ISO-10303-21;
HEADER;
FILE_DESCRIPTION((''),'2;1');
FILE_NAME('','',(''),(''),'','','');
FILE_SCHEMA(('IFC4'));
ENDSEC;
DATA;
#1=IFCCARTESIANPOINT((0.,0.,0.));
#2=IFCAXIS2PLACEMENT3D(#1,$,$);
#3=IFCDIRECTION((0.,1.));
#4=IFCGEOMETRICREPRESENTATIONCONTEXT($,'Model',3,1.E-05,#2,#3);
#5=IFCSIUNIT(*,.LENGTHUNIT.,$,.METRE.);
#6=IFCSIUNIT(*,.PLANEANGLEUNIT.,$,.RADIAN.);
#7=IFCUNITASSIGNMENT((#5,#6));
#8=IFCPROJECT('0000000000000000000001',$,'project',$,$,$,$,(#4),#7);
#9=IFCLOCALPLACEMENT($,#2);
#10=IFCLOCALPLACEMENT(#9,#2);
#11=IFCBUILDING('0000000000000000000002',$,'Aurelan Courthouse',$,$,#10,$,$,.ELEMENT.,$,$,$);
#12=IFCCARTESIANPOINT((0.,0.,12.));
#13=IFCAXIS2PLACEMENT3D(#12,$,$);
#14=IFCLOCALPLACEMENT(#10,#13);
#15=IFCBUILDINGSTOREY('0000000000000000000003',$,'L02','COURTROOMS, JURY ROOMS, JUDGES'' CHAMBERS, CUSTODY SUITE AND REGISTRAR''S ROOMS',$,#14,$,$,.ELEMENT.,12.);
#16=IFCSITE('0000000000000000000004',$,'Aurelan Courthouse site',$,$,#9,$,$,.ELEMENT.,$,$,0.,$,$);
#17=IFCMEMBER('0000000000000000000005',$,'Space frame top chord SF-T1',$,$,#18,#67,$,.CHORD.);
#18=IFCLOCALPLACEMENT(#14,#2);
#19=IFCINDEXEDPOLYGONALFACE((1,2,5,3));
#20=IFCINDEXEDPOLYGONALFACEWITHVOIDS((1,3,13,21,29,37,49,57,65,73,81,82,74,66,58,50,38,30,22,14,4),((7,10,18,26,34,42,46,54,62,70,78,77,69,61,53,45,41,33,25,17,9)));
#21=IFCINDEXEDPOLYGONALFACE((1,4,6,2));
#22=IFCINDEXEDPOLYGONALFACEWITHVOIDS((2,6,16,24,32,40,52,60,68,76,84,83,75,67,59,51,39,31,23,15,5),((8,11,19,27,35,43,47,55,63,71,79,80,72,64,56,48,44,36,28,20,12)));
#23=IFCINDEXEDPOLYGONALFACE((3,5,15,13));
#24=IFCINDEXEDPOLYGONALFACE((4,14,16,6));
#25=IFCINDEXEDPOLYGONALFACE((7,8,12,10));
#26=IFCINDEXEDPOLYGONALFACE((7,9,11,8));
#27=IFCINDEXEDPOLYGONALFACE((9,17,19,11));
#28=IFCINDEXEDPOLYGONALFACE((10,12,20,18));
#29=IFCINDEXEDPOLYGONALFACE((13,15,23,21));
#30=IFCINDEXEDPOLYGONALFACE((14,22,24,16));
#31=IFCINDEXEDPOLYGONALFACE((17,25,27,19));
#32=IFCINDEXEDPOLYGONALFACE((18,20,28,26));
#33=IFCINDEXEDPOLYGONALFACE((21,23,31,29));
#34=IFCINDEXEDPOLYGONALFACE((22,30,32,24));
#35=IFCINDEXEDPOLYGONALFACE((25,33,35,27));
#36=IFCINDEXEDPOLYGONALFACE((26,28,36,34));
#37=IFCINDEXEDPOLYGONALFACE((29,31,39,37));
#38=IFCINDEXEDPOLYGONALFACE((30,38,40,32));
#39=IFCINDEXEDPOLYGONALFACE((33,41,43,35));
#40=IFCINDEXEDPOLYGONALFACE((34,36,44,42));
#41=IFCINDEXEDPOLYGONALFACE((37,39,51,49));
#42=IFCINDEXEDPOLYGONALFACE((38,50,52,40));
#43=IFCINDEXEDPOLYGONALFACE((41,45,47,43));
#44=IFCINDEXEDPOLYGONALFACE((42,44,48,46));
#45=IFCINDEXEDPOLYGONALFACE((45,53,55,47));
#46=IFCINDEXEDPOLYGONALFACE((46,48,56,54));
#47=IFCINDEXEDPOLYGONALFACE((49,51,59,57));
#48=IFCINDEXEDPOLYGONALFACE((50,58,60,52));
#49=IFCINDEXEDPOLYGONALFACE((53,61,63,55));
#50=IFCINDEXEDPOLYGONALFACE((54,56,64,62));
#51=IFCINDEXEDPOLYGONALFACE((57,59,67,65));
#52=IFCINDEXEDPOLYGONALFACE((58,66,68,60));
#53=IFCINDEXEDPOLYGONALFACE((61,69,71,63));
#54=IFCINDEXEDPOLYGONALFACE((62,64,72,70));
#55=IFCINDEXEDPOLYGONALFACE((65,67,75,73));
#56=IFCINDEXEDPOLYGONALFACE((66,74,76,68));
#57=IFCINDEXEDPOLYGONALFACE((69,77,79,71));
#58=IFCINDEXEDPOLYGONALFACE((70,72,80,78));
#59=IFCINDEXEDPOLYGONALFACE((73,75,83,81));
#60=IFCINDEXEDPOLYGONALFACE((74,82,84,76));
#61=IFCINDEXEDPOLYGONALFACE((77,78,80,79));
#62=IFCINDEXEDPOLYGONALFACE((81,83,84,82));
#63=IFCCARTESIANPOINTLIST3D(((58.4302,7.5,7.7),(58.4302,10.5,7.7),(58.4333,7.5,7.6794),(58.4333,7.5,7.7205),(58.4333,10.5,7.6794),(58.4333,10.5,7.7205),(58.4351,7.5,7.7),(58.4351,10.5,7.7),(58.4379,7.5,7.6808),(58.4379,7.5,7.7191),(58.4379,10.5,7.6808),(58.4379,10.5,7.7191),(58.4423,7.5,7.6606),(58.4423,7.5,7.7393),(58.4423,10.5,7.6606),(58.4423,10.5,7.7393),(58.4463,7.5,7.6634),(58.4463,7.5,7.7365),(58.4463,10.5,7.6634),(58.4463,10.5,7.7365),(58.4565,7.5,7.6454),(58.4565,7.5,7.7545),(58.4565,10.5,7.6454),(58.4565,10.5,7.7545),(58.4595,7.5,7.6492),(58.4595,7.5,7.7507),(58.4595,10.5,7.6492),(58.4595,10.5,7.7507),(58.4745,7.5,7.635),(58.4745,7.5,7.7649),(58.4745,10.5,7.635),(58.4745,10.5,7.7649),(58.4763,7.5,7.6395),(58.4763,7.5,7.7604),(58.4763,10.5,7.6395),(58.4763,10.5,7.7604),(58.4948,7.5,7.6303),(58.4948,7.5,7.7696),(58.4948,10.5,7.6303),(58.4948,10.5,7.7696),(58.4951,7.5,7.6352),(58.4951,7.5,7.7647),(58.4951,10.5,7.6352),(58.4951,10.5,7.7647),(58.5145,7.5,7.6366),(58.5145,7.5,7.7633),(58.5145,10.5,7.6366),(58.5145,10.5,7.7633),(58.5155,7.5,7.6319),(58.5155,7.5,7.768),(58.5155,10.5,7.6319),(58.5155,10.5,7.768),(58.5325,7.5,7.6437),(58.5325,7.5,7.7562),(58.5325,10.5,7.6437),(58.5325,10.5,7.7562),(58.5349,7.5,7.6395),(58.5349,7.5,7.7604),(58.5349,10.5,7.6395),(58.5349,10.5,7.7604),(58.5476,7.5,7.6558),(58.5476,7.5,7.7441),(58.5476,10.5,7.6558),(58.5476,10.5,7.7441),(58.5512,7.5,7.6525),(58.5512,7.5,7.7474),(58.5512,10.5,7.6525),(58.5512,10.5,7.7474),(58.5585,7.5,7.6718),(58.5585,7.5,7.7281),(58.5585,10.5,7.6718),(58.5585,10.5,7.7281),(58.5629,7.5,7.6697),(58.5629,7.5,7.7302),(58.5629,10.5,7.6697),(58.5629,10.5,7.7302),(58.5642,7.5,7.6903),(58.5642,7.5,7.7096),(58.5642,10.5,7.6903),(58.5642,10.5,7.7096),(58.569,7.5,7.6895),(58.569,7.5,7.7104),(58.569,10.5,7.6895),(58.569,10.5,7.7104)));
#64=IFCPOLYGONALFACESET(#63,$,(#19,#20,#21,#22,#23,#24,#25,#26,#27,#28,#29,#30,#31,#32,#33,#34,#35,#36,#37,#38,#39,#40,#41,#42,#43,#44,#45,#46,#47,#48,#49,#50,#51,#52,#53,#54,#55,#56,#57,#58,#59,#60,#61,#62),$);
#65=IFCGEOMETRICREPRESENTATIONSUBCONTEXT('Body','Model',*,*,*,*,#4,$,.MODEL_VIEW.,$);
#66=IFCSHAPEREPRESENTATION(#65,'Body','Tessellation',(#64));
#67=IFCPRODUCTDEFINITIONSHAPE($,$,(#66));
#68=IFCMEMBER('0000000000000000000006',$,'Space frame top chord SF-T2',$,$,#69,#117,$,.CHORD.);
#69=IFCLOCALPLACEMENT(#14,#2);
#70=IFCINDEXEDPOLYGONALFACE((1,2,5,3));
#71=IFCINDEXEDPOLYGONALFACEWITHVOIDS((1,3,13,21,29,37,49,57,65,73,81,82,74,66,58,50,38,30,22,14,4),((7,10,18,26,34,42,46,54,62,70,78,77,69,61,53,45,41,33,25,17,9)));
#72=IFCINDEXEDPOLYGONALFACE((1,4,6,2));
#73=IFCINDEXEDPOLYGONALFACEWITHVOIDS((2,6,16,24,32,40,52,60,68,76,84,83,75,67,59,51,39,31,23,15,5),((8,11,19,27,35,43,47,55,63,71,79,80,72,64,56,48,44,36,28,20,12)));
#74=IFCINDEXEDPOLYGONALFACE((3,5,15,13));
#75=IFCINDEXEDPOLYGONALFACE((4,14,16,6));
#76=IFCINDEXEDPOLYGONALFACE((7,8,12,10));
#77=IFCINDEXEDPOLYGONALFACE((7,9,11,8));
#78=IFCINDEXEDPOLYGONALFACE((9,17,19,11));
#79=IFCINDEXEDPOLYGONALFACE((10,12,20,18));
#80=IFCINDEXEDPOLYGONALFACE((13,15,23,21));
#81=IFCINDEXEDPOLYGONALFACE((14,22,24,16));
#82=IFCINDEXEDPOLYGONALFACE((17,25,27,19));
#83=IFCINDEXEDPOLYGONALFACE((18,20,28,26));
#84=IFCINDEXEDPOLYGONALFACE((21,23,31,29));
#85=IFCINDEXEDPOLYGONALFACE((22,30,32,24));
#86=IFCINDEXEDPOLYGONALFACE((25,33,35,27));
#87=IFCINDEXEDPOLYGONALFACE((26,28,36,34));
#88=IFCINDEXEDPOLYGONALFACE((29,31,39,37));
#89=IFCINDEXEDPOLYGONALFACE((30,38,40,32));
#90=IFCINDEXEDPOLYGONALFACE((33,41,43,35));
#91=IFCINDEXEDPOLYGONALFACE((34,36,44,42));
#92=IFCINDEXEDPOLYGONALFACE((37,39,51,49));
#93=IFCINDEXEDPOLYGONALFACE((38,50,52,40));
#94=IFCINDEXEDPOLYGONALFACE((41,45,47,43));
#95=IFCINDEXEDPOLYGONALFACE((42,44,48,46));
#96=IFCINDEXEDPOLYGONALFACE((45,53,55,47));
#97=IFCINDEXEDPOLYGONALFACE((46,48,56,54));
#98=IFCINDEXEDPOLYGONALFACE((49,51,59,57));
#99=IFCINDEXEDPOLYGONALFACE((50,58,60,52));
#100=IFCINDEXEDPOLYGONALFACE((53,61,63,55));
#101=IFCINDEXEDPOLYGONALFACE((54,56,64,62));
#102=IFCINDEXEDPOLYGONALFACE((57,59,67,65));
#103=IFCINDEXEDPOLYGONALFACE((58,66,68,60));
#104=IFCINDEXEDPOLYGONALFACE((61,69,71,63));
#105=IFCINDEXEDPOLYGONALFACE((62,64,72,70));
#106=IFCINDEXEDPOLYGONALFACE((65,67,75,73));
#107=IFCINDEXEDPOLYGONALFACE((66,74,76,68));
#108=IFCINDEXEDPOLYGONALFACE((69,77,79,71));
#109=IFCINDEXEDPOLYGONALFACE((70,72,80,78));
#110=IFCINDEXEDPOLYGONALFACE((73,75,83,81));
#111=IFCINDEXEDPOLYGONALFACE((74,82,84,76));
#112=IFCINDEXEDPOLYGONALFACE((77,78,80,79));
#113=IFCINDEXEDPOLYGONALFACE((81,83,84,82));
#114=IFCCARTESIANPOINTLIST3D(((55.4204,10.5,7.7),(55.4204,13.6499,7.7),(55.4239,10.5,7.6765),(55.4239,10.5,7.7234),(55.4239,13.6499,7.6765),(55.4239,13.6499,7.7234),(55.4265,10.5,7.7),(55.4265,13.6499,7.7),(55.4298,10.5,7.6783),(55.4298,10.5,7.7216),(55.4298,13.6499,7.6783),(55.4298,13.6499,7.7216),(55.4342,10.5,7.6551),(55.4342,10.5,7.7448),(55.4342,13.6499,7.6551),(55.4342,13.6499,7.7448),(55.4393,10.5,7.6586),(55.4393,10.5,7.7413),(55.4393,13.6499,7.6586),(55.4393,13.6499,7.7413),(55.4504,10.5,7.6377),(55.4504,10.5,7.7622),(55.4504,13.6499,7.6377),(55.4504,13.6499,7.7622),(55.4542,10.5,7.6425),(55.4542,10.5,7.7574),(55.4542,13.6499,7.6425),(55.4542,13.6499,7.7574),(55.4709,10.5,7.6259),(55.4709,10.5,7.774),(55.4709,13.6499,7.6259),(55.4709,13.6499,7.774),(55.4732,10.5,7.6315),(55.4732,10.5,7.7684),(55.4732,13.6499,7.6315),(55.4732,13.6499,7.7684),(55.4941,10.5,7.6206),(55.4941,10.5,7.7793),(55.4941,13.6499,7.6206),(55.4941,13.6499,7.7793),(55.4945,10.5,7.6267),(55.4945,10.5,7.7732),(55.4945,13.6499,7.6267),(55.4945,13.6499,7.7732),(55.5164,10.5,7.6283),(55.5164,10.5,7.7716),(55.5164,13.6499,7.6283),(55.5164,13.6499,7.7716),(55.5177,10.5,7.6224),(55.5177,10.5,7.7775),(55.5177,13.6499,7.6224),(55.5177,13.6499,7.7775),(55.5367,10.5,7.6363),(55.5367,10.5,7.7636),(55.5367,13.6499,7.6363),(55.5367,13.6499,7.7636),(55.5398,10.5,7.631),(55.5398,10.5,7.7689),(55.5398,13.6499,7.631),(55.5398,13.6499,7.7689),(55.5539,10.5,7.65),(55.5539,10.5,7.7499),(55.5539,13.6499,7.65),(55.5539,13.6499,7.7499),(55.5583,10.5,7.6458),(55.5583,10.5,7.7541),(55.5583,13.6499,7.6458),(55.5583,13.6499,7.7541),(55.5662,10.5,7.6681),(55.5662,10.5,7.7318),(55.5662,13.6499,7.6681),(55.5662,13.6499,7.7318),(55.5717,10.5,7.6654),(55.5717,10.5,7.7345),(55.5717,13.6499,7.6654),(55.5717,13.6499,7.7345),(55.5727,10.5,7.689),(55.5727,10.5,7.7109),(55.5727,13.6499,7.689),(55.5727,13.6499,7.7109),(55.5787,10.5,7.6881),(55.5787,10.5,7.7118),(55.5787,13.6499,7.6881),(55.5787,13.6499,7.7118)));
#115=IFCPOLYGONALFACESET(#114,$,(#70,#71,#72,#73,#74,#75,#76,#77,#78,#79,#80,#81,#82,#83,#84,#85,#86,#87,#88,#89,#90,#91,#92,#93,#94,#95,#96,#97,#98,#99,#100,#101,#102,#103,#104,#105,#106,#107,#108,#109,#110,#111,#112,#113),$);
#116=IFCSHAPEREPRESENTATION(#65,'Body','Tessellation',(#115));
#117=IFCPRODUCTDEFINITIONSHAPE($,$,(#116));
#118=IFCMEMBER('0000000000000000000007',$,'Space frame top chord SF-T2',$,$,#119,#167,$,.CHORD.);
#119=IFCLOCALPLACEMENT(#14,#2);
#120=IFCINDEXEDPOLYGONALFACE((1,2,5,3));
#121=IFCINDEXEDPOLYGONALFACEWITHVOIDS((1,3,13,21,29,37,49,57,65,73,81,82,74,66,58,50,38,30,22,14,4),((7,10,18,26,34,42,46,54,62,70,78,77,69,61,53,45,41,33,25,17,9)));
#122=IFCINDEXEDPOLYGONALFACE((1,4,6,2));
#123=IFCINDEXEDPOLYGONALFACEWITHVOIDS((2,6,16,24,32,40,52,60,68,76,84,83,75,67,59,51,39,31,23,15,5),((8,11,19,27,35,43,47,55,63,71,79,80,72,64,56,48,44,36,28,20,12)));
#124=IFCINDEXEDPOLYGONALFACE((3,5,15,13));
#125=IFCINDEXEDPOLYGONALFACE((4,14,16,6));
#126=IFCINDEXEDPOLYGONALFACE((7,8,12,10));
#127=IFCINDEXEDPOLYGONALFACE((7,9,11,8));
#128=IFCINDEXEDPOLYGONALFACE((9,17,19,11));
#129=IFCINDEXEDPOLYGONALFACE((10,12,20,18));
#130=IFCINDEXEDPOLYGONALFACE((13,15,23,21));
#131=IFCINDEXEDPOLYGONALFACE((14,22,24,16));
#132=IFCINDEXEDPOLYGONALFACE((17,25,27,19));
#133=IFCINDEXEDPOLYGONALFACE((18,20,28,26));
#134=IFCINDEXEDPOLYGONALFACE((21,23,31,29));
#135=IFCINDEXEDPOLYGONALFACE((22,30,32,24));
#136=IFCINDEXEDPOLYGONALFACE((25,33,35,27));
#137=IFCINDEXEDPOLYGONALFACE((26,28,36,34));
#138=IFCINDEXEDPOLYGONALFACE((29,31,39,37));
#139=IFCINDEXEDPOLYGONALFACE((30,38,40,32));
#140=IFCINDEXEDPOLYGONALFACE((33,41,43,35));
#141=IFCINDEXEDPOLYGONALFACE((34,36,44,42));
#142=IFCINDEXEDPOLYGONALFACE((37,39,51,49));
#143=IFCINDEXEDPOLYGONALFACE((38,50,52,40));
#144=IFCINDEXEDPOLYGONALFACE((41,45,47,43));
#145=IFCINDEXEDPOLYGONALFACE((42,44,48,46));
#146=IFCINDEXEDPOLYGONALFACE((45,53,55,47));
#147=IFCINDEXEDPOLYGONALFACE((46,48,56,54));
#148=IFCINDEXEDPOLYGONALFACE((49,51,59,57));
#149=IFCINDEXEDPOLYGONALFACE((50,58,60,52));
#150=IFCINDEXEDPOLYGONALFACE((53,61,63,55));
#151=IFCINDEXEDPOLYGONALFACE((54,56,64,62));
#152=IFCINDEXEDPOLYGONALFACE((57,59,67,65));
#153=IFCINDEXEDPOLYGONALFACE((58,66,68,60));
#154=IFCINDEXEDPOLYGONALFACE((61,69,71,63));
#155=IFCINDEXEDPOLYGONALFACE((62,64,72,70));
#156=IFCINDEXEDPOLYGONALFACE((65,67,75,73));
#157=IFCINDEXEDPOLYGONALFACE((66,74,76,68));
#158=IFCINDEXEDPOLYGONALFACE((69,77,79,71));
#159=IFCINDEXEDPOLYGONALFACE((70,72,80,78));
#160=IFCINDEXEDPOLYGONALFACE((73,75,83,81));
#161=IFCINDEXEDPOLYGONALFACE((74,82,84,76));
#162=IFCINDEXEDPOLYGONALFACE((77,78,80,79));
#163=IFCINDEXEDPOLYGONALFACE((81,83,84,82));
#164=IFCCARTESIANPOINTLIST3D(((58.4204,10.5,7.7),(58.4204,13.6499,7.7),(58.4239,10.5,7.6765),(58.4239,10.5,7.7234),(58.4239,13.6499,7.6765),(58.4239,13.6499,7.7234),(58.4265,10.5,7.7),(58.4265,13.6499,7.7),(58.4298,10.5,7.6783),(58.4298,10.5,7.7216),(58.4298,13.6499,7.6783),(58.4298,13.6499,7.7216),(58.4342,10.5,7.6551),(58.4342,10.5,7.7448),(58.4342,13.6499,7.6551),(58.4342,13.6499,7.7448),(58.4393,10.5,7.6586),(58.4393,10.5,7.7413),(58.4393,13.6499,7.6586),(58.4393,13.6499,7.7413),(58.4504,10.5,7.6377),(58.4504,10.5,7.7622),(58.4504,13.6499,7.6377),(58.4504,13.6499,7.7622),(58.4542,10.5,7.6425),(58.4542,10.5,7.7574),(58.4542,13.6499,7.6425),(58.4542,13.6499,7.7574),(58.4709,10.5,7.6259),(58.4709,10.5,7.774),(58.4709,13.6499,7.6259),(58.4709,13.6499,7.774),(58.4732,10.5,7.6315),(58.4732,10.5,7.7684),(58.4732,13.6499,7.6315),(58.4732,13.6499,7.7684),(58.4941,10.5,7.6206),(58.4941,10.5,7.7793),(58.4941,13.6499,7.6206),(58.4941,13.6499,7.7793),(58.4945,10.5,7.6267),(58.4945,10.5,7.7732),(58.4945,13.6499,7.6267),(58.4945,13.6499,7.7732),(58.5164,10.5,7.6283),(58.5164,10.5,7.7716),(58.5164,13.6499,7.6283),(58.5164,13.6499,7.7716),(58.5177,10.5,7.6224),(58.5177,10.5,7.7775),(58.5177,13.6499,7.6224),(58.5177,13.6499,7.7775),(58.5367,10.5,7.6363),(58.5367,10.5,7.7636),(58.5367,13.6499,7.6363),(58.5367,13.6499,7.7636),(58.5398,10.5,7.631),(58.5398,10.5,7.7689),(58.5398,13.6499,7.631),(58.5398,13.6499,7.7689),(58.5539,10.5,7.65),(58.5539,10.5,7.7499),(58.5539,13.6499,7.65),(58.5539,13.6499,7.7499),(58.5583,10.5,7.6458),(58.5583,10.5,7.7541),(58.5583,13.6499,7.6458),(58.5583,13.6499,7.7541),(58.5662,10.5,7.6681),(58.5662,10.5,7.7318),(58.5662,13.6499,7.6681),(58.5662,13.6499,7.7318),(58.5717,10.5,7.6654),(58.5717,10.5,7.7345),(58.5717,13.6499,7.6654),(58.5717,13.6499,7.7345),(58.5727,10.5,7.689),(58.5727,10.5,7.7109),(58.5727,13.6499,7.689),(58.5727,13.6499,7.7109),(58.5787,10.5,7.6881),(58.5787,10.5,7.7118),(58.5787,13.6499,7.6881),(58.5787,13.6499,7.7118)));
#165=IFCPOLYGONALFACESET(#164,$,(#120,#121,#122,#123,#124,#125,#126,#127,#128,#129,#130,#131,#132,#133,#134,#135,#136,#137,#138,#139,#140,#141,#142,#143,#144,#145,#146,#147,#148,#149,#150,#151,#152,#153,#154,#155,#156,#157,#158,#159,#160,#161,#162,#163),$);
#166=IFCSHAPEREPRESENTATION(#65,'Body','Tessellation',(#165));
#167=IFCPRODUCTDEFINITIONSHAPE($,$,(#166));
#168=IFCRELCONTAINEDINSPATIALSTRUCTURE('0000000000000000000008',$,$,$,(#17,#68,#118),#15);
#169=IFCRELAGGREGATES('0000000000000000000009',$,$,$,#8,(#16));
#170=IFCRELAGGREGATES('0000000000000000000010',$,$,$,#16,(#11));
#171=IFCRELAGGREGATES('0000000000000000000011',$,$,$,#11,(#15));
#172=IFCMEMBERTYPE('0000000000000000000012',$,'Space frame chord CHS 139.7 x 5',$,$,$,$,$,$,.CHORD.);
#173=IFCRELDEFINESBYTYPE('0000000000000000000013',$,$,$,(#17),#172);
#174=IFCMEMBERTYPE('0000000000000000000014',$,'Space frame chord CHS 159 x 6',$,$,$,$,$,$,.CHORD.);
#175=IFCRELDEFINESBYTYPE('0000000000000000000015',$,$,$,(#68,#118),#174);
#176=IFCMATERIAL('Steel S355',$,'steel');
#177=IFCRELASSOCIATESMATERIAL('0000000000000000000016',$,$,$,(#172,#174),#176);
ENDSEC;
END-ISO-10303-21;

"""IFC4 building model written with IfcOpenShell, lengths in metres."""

from ifc_helpers import new_model, si_unit, direction, frame, origin, origin_2d, place, context, subcontext, project, spatial, hollow_circle, extrude, material, material_profile, profile_set, type_object, element, save


model = new_model("IFC4")

# Units and contexts
model_context = context("Model", 3, precision=1e-05, world=origin(), true_north=direction((0.0, 1.0)))
body_context = subcontext(model_context, "Body", "Model", "MODEL_VIEW")
ifc_project = project(units=[si_unit("LENGTHUNIT", "METRE"), si_unit("PLANEANGLEUNIT", "RADIAN")], contexts=[model_context])

# Site, building, storey
site_placement = place(None, origin())
site = spatial("IfcSite", under=ifc_project, at=site_placement, Name="Aurelan Courthouse site", CompositionType="ELEMENT", RefElevation=0.0)
building_placement = place(site_placement, origin())
building = spatial("IfcBuilding", under=site, at=building_placement, Name="Aurelan Courthouse", CompositionType="ELEMENT")
storey_placement = place(building_placement, frame((0.0, 0.0, 12.0)))
storey = spatial("IfcBuildingStorey", under=building, at=storey_placement, Name="L02", Description="COURTROOMS, JURY ROOMS, JUDGES' CHAMBERS, CUSTODY SUITE AND REGISTRAR'S ROOMS", CompositionType="ELEMENT", Elevation=12.0)

# Members
ifc_material_1 = material(Name="Steel S355", Category="steel")
ifc_material_profile_1 = material_profile(ifc_material_1, hollow_circle(Radius=0.0698, WallThickness=0.0049, at=origin_2d()), Name="CHS 139.7 x 5")
ifc_profile_set_1 = profile_set([ifc_material_profile_1], Name="Steel S355")
member_type_1 = type_object("IfcMemberType", Name="Space frame chord CHS 139.7 x 5", PredefinedType="CHORD", material=ifc_profile_set_1)
for number, where, z_axis, x_axis, name in (
    (1, (58.5, 7.5, 7.7), (0.0, 1.0, 0.0), (-1.0, 0.0, 0.0), "Space frame top chord SF-T1"),
):
    element("IfcMember", number, at=place(storey_placement, frame(where, z_axis=z_axis, x_axis=x_axis)), inside=storey, type_object=member_type_1, Name=name, PredefinedType="CHORD", context=body_context, shape_type="SweptSolid", body=[
        extrude(hollow_circle(Radius=0.0698, WallThickness=0.0049, at=origin_2d()), origin(), (0.0, 0.0, 1.0), 3.0),
    ])
ifc_material_profile_2 = material_profile(ifc_material_1, hollow_circle(Radius=0.0796, WallThickness=0.0061, at=origin_2d()), Name="CHS 159 x 6")
ifc_profile_set_2 = profile_set([ifc_material_profile_2], Name="Steel S355")
member_type_2 = type_object("IfcMemberType", Name="Space frame chord CHS 159 x 6", PredefinedType="CHORD", material=ifc_profile_set_2)
for number, where, z_axis, x_axis, name in (
    (2, (55.5, 10.5, 7.7), (0.0, 1.0, 0.0), (-1.0, 0.0, 0.0), "Space frame top chord SF-T2"),
    (3, (58.5, 10.5, 7.7), (0.0, 1.0, 0.0), (-1.0, 0.0, 0.0), "Space frame top chord SF-T2"),
):
    element("IfcMember", number, at=place(storey_placement, frame(where, z_axis=z_axis, x_axis=x_axis)), inside=storey, type_object=member_type_2, Name=name, PredefinedType="CHORD", context=body_context, shape_type="SweptSolid", body=[
        extrude(hollow_circle(Radius=0.0796, WallThickness=0.0061, at=origin_2d()), origin(), (0.0, 0.0, 1.0), 3.1499),
    ])

save(model, "model.ifc")
